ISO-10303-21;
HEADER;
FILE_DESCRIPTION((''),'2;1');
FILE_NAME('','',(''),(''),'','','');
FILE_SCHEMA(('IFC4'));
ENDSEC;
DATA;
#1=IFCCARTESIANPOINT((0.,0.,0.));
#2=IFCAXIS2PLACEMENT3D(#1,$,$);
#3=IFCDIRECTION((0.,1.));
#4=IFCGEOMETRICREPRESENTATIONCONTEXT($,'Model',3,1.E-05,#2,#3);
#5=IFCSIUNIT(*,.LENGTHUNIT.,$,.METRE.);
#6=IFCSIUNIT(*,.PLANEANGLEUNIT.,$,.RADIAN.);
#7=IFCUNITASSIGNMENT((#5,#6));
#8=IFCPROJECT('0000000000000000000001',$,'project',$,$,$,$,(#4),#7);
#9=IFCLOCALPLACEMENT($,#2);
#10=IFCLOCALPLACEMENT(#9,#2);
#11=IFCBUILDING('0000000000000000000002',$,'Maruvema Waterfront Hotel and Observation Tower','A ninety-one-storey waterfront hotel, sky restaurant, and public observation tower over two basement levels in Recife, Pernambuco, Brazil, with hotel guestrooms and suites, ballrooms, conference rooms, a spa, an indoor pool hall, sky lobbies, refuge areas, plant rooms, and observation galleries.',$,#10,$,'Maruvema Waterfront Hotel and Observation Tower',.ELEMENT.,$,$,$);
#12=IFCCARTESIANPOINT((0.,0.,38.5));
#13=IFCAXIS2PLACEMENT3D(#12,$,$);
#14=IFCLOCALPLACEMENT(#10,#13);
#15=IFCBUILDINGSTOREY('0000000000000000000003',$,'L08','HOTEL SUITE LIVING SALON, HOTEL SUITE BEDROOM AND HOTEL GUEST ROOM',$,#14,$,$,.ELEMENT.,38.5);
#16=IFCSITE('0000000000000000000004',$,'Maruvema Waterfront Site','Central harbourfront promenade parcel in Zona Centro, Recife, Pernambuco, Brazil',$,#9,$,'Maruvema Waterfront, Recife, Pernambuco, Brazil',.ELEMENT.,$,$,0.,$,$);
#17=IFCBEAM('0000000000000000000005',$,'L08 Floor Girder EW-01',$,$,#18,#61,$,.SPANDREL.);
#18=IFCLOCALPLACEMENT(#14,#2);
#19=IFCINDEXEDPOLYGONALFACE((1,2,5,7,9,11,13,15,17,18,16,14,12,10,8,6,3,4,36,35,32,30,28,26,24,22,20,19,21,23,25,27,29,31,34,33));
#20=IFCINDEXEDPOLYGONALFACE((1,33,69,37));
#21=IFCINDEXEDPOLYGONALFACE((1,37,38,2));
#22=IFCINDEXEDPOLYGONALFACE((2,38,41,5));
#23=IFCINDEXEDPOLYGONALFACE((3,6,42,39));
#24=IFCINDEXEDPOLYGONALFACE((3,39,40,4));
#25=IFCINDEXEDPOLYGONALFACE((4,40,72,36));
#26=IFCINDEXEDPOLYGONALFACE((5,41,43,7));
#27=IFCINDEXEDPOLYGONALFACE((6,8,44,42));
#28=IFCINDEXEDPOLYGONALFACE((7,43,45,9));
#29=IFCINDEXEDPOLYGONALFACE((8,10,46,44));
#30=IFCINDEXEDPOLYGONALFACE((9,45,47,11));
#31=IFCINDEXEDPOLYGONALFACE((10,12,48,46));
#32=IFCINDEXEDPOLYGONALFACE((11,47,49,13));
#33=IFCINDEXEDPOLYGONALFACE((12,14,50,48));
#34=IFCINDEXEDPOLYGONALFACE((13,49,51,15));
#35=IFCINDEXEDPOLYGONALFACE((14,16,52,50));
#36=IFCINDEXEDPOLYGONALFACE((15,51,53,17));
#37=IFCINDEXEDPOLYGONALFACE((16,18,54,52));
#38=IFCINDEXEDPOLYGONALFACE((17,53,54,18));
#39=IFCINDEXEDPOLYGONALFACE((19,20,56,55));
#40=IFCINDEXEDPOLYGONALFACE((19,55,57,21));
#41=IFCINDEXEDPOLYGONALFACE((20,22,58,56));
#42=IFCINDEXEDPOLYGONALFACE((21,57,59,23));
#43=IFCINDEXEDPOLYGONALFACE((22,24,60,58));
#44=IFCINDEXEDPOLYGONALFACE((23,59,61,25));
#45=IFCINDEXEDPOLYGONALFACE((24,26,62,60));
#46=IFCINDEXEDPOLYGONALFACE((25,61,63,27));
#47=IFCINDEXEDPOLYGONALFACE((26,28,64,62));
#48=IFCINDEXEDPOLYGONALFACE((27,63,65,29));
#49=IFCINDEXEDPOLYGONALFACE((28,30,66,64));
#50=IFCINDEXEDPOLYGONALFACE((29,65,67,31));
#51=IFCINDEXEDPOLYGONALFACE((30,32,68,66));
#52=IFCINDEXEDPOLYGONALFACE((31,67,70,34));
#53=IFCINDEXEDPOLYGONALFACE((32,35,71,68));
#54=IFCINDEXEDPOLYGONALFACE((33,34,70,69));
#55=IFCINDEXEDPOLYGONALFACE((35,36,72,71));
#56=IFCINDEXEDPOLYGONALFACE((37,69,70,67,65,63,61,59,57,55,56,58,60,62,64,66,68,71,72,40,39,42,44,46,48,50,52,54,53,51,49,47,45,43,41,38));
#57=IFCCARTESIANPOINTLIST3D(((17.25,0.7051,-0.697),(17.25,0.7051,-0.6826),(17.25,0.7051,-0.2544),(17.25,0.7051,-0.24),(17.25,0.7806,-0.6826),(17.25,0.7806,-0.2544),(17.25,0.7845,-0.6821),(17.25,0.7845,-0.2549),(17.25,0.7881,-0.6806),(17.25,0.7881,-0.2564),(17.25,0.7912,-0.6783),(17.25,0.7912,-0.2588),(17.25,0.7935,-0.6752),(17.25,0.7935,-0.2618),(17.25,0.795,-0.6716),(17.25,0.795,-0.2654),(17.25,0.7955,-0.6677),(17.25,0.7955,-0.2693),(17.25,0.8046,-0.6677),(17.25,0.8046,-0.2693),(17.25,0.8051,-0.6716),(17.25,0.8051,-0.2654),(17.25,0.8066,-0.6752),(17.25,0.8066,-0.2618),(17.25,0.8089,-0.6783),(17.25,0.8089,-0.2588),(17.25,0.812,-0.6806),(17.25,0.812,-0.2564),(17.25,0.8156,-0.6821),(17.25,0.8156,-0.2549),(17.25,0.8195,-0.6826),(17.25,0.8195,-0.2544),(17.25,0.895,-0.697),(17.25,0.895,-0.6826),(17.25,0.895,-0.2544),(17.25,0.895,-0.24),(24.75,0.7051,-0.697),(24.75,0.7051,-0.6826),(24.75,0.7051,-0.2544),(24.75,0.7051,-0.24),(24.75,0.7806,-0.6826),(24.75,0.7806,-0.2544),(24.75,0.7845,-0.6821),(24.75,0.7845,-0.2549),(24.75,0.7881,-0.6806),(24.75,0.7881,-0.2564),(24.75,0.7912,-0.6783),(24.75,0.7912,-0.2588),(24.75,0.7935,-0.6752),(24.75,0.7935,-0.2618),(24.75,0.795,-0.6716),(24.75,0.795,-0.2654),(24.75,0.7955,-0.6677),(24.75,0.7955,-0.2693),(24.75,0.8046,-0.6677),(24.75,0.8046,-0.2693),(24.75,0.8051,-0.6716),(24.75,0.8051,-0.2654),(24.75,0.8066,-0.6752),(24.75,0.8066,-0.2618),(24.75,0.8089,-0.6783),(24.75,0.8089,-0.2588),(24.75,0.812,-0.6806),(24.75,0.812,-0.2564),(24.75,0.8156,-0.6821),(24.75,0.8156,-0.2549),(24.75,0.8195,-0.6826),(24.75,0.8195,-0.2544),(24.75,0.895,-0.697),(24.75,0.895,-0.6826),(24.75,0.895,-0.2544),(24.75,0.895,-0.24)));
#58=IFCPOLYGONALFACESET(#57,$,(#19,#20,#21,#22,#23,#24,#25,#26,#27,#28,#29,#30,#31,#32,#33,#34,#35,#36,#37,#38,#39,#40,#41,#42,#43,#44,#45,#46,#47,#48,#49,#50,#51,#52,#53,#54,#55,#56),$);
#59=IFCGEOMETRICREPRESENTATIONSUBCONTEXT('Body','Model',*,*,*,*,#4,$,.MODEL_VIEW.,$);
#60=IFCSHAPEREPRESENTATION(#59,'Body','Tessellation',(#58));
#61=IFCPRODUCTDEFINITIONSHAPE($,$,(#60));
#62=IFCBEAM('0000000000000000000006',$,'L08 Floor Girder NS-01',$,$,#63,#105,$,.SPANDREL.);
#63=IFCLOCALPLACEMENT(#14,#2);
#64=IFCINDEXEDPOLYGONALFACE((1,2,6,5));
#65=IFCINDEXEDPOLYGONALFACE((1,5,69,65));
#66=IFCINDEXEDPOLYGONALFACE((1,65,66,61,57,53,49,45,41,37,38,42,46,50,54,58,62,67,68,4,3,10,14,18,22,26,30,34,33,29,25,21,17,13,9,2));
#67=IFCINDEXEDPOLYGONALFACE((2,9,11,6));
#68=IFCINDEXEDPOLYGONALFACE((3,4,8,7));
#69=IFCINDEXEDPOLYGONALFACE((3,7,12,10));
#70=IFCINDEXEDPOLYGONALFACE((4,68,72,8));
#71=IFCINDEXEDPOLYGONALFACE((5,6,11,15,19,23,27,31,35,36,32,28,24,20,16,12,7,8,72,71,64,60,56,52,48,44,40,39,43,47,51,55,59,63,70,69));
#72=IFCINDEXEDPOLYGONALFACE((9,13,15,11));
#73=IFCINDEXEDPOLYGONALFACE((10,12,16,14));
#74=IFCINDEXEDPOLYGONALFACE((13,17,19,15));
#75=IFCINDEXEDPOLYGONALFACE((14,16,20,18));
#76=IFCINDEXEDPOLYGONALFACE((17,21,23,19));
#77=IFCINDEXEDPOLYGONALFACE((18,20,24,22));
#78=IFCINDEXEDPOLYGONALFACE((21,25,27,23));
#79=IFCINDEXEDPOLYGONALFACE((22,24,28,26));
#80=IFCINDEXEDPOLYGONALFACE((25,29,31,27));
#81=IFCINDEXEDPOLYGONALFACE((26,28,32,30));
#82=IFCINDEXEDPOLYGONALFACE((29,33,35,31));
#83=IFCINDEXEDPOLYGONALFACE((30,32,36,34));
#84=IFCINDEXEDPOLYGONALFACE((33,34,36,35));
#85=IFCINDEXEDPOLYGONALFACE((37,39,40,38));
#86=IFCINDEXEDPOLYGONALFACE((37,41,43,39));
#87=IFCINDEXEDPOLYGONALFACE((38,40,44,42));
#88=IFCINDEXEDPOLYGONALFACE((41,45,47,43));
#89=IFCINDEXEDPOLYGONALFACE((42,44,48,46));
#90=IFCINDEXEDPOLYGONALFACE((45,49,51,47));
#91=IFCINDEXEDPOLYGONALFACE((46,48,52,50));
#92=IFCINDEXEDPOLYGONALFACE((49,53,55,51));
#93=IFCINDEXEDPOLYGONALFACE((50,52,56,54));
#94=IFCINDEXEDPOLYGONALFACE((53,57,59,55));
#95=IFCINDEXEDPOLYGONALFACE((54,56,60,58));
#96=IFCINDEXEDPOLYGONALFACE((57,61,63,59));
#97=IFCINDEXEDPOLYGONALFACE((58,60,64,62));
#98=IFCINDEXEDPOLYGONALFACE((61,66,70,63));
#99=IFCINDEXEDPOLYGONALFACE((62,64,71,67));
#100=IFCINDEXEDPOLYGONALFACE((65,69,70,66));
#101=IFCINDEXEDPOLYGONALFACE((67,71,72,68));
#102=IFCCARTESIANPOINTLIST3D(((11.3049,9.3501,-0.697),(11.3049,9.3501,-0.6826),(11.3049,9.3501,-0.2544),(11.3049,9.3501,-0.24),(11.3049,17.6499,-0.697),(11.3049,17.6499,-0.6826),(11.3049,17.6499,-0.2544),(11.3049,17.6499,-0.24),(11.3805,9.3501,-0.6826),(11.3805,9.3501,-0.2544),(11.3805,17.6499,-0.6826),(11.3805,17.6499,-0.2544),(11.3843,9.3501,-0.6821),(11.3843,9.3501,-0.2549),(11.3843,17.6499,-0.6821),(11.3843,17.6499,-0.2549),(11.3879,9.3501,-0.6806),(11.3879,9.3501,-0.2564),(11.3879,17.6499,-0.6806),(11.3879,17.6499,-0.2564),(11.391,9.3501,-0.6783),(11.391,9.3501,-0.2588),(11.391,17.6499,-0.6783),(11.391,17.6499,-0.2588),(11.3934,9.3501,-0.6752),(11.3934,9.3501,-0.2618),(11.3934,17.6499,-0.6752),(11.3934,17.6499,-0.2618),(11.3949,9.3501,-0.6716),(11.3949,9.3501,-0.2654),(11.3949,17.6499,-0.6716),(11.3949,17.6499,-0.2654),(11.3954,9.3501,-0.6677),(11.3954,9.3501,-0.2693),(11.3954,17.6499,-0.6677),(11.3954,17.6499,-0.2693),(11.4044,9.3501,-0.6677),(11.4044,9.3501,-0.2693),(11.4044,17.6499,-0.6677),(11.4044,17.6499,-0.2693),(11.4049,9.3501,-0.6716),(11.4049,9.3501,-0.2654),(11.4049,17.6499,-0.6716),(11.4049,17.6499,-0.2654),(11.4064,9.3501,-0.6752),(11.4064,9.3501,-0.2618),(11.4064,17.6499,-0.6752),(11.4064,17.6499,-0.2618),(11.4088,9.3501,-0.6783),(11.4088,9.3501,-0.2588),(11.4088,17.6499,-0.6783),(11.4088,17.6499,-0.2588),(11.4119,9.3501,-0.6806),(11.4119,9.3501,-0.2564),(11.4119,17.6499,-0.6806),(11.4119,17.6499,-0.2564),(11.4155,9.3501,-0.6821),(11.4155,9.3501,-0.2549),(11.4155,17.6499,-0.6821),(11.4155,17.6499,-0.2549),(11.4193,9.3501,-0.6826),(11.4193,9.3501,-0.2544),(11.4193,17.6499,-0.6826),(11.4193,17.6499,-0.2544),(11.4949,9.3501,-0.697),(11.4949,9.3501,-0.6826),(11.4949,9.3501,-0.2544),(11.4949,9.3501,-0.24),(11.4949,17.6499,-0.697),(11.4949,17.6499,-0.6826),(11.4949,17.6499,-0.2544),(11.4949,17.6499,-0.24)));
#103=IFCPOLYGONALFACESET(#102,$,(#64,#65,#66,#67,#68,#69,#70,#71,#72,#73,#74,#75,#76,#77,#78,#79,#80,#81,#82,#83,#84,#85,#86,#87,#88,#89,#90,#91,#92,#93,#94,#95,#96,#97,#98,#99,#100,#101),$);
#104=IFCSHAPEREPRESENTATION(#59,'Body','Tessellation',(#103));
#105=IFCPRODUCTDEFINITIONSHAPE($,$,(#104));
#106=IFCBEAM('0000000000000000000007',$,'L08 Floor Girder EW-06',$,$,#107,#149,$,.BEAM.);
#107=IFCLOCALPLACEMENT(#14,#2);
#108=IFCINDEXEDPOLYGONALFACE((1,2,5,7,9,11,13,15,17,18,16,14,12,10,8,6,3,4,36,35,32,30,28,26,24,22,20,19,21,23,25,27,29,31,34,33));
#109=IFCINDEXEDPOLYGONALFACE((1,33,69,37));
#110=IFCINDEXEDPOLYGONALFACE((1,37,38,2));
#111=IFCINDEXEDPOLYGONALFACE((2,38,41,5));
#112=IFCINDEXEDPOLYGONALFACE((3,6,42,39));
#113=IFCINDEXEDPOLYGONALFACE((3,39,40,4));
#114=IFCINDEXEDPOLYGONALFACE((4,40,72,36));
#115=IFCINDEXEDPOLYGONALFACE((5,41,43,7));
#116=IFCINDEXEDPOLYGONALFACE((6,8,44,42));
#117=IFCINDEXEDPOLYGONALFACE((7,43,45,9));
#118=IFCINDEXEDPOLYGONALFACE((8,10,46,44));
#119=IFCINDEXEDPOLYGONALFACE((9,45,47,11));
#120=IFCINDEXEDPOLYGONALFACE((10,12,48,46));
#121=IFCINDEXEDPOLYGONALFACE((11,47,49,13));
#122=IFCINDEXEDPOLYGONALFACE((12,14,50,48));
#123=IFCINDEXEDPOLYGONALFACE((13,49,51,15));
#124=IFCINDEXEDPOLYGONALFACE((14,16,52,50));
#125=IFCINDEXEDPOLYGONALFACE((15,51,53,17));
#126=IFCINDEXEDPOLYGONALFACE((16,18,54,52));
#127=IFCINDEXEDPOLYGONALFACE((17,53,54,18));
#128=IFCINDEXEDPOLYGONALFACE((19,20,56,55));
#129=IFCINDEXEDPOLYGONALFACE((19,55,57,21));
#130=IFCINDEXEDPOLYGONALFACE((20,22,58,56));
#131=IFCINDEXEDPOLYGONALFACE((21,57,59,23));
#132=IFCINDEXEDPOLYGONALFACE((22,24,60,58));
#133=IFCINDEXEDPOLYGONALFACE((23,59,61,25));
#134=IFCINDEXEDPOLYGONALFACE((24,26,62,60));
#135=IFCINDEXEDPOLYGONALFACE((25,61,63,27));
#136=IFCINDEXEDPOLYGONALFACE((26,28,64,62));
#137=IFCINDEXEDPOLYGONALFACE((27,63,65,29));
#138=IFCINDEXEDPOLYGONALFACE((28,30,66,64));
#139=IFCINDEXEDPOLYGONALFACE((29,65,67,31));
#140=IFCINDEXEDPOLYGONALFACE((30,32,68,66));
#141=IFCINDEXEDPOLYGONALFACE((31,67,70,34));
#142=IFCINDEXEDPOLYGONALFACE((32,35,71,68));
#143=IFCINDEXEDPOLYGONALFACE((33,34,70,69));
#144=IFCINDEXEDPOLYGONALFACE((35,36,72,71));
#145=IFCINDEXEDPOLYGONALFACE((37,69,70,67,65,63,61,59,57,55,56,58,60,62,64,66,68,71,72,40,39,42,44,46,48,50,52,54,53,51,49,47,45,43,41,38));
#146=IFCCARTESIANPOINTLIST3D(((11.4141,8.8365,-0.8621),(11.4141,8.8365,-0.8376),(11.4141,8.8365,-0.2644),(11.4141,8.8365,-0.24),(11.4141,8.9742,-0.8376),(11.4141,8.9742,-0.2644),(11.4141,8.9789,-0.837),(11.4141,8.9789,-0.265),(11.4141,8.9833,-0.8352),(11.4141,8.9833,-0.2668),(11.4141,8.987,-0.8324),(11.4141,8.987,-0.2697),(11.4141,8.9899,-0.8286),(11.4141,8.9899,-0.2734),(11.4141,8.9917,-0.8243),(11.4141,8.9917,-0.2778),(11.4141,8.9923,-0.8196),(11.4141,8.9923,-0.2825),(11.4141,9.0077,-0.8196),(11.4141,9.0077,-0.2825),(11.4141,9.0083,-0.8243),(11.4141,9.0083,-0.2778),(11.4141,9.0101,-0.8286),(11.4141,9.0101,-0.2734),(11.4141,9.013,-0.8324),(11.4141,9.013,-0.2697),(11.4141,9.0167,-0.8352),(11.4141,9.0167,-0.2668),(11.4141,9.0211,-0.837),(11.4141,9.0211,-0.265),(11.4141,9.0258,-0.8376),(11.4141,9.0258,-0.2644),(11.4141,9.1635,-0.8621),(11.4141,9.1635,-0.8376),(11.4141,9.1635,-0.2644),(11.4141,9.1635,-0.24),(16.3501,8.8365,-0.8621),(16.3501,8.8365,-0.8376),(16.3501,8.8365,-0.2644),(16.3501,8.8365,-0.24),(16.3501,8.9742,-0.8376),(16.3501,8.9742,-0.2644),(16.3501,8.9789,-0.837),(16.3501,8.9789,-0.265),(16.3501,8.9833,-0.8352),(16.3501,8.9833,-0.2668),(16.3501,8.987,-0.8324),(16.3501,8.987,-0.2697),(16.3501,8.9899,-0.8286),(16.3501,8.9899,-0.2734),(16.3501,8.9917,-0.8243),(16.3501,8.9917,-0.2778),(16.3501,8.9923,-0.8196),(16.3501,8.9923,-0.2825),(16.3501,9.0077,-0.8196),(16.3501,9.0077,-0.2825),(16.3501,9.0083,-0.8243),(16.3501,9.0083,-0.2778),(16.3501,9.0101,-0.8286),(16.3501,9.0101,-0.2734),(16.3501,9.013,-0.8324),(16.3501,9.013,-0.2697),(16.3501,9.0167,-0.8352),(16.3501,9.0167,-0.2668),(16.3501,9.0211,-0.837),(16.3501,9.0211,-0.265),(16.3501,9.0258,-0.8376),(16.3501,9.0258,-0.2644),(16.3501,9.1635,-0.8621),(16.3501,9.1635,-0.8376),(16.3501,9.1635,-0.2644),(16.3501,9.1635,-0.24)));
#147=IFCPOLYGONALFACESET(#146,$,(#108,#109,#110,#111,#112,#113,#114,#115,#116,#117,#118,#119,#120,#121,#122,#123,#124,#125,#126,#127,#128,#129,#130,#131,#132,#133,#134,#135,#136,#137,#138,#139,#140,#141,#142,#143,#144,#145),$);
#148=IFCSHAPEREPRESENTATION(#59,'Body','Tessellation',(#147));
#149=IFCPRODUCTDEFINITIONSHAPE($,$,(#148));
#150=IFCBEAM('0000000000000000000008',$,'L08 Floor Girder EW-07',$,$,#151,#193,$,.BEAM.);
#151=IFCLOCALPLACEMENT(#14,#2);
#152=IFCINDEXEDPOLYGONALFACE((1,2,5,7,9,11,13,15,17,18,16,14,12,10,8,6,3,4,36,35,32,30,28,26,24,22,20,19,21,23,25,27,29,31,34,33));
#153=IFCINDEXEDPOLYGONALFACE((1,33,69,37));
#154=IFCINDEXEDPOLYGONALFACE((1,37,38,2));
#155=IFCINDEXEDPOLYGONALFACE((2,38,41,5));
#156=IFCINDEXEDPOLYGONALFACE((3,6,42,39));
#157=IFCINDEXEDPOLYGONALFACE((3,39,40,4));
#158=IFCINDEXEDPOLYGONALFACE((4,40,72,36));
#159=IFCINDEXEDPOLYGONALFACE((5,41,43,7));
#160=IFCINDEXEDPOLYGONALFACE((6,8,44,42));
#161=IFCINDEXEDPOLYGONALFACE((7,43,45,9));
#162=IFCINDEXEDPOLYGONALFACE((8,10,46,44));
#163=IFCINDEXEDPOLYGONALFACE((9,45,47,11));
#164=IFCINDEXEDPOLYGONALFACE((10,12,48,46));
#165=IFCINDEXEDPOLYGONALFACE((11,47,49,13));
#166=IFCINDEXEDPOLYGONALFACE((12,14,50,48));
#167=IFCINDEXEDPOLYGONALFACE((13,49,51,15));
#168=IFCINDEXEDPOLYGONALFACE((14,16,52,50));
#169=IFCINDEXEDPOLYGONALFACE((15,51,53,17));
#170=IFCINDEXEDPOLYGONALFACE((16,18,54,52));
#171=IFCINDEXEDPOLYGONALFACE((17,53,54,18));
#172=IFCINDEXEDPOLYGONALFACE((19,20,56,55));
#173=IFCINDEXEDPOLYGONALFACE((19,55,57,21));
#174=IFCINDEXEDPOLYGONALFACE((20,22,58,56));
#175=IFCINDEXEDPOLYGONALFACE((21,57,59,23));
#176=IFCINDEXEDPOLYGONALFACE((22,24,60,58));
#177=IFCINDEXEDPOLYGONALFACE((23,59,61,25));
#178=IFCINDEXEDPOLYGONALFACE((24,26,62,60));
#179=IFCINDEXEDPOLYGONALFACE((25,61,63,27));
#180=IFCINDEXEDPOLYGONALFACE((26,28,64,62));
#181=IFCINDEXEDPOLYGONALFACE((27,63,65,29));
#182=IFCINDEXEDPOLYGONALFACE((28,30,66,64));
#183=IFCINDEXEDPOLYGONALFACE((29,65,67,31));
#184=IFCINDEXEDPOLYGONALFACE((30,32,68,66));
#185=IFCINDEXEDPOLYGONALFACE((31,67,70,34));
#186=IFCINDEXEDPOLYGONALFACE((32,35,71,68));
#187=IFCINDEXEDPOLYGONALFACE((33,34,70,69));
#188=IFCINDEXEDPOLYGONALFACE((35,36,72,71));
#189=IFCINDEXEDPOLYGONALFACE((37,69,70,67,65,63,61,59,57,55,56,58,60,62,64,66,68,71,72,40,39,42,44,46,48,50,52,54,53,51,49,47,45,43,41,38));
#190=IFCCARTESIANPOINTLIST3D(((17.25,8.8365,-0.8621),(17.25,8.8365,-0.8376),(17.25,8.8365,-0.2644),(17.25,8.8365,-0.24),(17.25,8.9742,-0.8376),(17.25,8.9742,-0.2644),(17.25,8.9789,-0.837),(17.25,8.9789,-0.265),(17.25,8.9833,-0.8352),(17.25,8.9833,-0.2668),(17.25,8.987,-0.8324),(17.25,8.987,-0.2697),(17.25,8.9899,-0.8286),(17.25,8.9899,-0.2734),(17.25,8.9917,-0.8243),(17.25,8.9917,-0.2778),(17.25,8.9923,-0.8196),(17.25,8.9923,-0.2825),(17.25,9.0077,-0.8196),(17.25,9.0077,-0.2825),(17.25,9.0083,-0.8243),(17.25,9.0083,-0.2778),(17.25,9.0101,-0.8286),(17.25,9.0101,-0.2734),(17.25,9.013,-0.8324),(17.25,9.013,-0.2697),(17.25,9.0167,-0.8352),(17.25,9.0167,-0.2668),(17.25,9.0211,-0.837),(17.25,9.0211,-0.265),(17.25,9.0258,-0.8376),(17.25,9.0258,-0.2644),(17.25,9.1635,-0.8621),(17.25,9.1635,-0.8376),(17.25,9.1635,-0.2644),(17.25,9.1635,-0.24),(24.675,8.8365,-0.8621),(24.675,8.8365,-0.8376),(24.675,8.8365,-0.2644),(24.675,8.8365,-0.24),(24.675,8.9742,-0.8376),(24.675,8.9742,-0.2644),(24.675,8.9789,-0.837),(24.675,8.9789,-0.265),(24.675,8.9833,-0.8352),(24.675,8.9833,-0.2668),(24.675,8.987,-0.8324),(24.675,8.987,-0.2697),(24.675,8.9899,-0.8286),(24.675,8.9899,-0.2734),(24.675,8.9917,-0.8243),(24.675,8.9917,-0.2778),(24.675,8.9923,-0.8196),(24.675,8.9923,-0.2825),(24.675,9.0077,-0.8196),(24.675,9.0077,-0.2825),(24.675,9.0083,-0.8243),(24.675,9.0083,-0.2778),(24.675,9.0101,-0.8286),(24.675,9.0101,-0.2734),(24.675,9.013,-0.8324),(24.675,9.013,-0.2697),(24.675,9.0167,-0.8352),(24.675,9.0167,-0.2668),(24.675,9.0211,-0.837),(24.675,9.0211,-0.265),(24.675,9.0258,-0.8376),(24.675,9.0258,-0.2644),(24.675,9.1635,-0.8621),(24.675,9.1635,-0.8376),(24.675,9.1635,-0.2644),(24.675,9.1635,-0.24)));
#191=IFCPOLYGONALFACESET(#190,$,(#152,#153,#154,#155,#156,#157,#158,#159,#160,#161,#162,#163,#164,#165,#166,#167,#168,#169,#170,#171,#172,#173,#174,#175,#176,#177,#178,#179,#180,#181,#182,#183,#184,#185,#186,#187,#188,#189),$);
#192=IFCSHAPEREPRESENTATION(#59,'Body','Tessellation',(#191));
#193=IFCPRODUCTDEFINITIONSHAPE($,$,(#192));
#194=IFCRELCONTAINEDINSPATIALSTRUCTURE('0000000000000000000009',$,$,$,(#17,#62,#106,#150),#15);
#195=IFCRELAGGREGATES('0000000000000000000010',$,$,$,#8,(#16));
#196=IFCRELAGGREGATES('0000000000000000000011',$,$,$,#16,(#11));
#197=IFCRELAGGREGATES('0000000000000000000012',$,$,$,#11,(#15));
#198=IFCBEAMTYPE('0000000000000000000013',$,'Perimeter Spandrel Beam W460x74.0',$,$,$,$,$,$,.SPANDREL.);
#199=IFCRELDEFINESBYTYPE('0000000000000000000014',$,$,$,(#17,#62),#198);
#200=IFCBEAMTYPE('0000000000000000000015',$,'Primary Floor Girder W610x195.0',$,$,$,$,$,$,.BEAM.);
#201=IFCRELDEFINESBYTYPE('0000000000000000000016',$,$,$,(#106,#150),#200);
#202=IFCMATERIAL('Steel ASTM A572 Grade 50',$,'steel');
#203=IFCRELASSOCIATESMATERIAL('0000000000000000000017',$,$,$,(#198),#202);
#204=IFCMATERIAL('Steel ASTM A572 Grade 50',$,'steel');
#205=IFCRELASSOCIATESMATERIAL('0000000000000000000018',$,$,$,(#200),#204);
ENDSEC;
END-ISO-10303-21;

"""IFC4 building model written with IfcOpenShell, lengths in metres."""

from ifc_helpers import new_model, si_unit, direction, frame, origin, origin_2d, place, context, subcontext, project, spatial, i_section, extrude, material, material_profile, profile_set, type_object, element, save


model = new_model("IFC4")

# Units and contexts
model_context = context("Model", 3, precision=1e-05, world=origin(), true_north=direction((0.0, 1.0)))
body_context = subcontext(model_context, "Body", "Model", "MODEL_VIEW")
ifc_project = project(units=[si_unit("LENGTHUNIT", "METRE"), si_unit("PLANEANGLEUNIT", "RADIAN")], contexts=[model_context])

# Site, building, storey
site_placement = place(None, origin())
site = spatial("IfcSite", under=ifc_project, at=site_placement, Name="Maruvema Waterfront Site", Description="Central harbourfront promenade parcel in Zona Centro, Recife, Pernambuco, Brazil", LongName="Maruvema Waterfront, Recife, Pernambuco, Brazil", CompositionType="ELEMENT", RefElevation=0.0)
building_placement = place(site_placement, origin())
building = spatial("IfcBuilding", under=site, at=building_placement, Name="Maruvema Waterfront Hotel and Observation Tower", Description="A ninety-one-storey waterfront hotel, sky restaurant, and public observation tower over two basement levels in Recife, Pernambuco, Brazil, with hotel guestrooms and suites, ballrooms, conference rooms, a spa, an indoor pool hall, sky lobbies, refuge areas, plant rooms, and observation galleries.", LongName="Maruvema Waterfront Hotel and Observation Tower", CompositionType="ELEMENT")
storey_placement = place(building_placement, frame((0.0, 0.0, 38.5)))
storey = spatial("IfcBuildingStorey", under=building, at=storey_placement, Name="L08", Description="HOTEL SUITE LIVING SALON, HOTEL SUITE BEDROOM AND HOTEL GUEST ROOM", CompositionType="ELEMENT", Elevation=38.5)

# Beams
ifc_material_1 = material(Name="Steel ASTM A572 Grade 50", Category="steel")
ifc_material_profile_1 = material_profile(ifc_material_1, i_section(OverallWidth=0.1899, OverallDepth=0.457, WebThickness=0.009, FlangeThickness=0.0144, FilletRadius=0.0149, at=origin_2d()), Name="W460x74.0")
ifc_profile_set_1 = profile_set([ifc_material_profile_1], Name="Steel ASTM A572 Grade 50")
beam_type_1 = type_object("IfcBeamType", Name="Perimeter Spandrel Beam W460x74.0", PredefinedType="SPANDREL", material=ifc_profile_set_1)
beam_1_placement = place(storey_placement, frame((17.25, 0.8, -0.4685), z_axis=(1.0, 0.0, 0.0), x_axis=(0.0, 1.0, 0.0)))
element("IfcBeam", 1, at=beam_1_placement, inside=storey, type_object=beam_type_1, Name="L08 Floor Girder EW-01", PredefinedType="SPANDREL", context=body_context, shape_type="SweptSolid", body=[
    extrude(i_section(OverallWidth=0.1899, OverallDepth=0.457, WebThickness=0.009, FlangeThickness=0.0144, FilletRadius=0.0149, at=origin_2d()), origin(), (0.0, 0.0, 1.0), 7.5),
])
beam_2_placement = place(storey_placement, frame((11.3999, 9.3501, -0.4685), z_axis=(0.0, 1.0, 0.0), x_axis=(-1.0, 0.0, 0.0)))
element("IfcBeam", 2, at=beam_2_placement, inside=storey, type_object=beam_type_1, Name="L08 Floor Girder NS-01", PredefinedType="SPANDREL", context=body_context, shape_type="SweptSolid", body=[
    extrude(i_section(OverallWidth=0.1899, OverallDepth=0.457, WebThickness=0.009, FlangeThickness=0.0144, FilletRadius=0.0149, at=origin_2d()), origin(), (0.0, 0.0, 1.0), 8.2998),
])
ifc_material_2 = material(Name="Steel ASTM A572 Grade 50", Category="steel")
ifc_material_profile_2 = material_profile(ifc_material_2, i_section(OverallWidth=0.3269, OverallDepth=0.6221, WebThickness=0.0154, FlangeThickness=0.0244, FilletRadius=0.0181, at=origin_2d()), Name="W610x195.0")
ifc_profile_set_2 = profile_set([ifc_material_profile_2], Name="Steel ASTM A572 Grade 50")
beam_type_2 = type_object("IfcBeamType", Name="Primary Floor Girder W610x195.0", PredefinedType="BEAM", material=ifc_profile_set_2)
beam_3_placement = place(storey_placement, frame((11.4141, 9.0, -0.551), z_axis=(1.0, 0.0, 0.0), x_axis=(0.0, 1.0, 0.0)))
element("IfcBeam", 3, at=beam_3_placement, inside=storey, type_object=beam_type_2, Name="L08 Floor Girder EW-06", PredefinedType="BEAM", context=body_context, shape_type="SweptSolid", body=[
    extrude(i_section(OverallWidth=0.3269, OverallDepth=0.6221, WebThickness=0.0154, FlangeThickness=0.0244, FilletRadius=0.0181, at=origin_2d()), origin(), (0.0, 0.0, 1.0), 4.936),
])
beam_4_placement = place(storey_placement, frame((17.25, 9.0, -0.551), z_axis=(1.0, 0.0, 0.0), x_axis=(0.0, 1.0, 0.0)))
element("IfcBeam", 4, at=beam_4_placement, inside=storey, type_object=beam_type_2, Name="L08 Floor Girder EW-07", PredefinedType="BEAM", context=body_context, shape_type="SweptSolid", body=[
    extrude(i_section(OverallWidth=0.3269, OverallDepth=0.6221, WebThickness=0.0154, FlangeThickness=0.0244, FilletRadius=0.0181, at=origin_2d()), origin(), (0.0, 0.0, 1.0), 7.425),
])

save(model, "model.ifc")
